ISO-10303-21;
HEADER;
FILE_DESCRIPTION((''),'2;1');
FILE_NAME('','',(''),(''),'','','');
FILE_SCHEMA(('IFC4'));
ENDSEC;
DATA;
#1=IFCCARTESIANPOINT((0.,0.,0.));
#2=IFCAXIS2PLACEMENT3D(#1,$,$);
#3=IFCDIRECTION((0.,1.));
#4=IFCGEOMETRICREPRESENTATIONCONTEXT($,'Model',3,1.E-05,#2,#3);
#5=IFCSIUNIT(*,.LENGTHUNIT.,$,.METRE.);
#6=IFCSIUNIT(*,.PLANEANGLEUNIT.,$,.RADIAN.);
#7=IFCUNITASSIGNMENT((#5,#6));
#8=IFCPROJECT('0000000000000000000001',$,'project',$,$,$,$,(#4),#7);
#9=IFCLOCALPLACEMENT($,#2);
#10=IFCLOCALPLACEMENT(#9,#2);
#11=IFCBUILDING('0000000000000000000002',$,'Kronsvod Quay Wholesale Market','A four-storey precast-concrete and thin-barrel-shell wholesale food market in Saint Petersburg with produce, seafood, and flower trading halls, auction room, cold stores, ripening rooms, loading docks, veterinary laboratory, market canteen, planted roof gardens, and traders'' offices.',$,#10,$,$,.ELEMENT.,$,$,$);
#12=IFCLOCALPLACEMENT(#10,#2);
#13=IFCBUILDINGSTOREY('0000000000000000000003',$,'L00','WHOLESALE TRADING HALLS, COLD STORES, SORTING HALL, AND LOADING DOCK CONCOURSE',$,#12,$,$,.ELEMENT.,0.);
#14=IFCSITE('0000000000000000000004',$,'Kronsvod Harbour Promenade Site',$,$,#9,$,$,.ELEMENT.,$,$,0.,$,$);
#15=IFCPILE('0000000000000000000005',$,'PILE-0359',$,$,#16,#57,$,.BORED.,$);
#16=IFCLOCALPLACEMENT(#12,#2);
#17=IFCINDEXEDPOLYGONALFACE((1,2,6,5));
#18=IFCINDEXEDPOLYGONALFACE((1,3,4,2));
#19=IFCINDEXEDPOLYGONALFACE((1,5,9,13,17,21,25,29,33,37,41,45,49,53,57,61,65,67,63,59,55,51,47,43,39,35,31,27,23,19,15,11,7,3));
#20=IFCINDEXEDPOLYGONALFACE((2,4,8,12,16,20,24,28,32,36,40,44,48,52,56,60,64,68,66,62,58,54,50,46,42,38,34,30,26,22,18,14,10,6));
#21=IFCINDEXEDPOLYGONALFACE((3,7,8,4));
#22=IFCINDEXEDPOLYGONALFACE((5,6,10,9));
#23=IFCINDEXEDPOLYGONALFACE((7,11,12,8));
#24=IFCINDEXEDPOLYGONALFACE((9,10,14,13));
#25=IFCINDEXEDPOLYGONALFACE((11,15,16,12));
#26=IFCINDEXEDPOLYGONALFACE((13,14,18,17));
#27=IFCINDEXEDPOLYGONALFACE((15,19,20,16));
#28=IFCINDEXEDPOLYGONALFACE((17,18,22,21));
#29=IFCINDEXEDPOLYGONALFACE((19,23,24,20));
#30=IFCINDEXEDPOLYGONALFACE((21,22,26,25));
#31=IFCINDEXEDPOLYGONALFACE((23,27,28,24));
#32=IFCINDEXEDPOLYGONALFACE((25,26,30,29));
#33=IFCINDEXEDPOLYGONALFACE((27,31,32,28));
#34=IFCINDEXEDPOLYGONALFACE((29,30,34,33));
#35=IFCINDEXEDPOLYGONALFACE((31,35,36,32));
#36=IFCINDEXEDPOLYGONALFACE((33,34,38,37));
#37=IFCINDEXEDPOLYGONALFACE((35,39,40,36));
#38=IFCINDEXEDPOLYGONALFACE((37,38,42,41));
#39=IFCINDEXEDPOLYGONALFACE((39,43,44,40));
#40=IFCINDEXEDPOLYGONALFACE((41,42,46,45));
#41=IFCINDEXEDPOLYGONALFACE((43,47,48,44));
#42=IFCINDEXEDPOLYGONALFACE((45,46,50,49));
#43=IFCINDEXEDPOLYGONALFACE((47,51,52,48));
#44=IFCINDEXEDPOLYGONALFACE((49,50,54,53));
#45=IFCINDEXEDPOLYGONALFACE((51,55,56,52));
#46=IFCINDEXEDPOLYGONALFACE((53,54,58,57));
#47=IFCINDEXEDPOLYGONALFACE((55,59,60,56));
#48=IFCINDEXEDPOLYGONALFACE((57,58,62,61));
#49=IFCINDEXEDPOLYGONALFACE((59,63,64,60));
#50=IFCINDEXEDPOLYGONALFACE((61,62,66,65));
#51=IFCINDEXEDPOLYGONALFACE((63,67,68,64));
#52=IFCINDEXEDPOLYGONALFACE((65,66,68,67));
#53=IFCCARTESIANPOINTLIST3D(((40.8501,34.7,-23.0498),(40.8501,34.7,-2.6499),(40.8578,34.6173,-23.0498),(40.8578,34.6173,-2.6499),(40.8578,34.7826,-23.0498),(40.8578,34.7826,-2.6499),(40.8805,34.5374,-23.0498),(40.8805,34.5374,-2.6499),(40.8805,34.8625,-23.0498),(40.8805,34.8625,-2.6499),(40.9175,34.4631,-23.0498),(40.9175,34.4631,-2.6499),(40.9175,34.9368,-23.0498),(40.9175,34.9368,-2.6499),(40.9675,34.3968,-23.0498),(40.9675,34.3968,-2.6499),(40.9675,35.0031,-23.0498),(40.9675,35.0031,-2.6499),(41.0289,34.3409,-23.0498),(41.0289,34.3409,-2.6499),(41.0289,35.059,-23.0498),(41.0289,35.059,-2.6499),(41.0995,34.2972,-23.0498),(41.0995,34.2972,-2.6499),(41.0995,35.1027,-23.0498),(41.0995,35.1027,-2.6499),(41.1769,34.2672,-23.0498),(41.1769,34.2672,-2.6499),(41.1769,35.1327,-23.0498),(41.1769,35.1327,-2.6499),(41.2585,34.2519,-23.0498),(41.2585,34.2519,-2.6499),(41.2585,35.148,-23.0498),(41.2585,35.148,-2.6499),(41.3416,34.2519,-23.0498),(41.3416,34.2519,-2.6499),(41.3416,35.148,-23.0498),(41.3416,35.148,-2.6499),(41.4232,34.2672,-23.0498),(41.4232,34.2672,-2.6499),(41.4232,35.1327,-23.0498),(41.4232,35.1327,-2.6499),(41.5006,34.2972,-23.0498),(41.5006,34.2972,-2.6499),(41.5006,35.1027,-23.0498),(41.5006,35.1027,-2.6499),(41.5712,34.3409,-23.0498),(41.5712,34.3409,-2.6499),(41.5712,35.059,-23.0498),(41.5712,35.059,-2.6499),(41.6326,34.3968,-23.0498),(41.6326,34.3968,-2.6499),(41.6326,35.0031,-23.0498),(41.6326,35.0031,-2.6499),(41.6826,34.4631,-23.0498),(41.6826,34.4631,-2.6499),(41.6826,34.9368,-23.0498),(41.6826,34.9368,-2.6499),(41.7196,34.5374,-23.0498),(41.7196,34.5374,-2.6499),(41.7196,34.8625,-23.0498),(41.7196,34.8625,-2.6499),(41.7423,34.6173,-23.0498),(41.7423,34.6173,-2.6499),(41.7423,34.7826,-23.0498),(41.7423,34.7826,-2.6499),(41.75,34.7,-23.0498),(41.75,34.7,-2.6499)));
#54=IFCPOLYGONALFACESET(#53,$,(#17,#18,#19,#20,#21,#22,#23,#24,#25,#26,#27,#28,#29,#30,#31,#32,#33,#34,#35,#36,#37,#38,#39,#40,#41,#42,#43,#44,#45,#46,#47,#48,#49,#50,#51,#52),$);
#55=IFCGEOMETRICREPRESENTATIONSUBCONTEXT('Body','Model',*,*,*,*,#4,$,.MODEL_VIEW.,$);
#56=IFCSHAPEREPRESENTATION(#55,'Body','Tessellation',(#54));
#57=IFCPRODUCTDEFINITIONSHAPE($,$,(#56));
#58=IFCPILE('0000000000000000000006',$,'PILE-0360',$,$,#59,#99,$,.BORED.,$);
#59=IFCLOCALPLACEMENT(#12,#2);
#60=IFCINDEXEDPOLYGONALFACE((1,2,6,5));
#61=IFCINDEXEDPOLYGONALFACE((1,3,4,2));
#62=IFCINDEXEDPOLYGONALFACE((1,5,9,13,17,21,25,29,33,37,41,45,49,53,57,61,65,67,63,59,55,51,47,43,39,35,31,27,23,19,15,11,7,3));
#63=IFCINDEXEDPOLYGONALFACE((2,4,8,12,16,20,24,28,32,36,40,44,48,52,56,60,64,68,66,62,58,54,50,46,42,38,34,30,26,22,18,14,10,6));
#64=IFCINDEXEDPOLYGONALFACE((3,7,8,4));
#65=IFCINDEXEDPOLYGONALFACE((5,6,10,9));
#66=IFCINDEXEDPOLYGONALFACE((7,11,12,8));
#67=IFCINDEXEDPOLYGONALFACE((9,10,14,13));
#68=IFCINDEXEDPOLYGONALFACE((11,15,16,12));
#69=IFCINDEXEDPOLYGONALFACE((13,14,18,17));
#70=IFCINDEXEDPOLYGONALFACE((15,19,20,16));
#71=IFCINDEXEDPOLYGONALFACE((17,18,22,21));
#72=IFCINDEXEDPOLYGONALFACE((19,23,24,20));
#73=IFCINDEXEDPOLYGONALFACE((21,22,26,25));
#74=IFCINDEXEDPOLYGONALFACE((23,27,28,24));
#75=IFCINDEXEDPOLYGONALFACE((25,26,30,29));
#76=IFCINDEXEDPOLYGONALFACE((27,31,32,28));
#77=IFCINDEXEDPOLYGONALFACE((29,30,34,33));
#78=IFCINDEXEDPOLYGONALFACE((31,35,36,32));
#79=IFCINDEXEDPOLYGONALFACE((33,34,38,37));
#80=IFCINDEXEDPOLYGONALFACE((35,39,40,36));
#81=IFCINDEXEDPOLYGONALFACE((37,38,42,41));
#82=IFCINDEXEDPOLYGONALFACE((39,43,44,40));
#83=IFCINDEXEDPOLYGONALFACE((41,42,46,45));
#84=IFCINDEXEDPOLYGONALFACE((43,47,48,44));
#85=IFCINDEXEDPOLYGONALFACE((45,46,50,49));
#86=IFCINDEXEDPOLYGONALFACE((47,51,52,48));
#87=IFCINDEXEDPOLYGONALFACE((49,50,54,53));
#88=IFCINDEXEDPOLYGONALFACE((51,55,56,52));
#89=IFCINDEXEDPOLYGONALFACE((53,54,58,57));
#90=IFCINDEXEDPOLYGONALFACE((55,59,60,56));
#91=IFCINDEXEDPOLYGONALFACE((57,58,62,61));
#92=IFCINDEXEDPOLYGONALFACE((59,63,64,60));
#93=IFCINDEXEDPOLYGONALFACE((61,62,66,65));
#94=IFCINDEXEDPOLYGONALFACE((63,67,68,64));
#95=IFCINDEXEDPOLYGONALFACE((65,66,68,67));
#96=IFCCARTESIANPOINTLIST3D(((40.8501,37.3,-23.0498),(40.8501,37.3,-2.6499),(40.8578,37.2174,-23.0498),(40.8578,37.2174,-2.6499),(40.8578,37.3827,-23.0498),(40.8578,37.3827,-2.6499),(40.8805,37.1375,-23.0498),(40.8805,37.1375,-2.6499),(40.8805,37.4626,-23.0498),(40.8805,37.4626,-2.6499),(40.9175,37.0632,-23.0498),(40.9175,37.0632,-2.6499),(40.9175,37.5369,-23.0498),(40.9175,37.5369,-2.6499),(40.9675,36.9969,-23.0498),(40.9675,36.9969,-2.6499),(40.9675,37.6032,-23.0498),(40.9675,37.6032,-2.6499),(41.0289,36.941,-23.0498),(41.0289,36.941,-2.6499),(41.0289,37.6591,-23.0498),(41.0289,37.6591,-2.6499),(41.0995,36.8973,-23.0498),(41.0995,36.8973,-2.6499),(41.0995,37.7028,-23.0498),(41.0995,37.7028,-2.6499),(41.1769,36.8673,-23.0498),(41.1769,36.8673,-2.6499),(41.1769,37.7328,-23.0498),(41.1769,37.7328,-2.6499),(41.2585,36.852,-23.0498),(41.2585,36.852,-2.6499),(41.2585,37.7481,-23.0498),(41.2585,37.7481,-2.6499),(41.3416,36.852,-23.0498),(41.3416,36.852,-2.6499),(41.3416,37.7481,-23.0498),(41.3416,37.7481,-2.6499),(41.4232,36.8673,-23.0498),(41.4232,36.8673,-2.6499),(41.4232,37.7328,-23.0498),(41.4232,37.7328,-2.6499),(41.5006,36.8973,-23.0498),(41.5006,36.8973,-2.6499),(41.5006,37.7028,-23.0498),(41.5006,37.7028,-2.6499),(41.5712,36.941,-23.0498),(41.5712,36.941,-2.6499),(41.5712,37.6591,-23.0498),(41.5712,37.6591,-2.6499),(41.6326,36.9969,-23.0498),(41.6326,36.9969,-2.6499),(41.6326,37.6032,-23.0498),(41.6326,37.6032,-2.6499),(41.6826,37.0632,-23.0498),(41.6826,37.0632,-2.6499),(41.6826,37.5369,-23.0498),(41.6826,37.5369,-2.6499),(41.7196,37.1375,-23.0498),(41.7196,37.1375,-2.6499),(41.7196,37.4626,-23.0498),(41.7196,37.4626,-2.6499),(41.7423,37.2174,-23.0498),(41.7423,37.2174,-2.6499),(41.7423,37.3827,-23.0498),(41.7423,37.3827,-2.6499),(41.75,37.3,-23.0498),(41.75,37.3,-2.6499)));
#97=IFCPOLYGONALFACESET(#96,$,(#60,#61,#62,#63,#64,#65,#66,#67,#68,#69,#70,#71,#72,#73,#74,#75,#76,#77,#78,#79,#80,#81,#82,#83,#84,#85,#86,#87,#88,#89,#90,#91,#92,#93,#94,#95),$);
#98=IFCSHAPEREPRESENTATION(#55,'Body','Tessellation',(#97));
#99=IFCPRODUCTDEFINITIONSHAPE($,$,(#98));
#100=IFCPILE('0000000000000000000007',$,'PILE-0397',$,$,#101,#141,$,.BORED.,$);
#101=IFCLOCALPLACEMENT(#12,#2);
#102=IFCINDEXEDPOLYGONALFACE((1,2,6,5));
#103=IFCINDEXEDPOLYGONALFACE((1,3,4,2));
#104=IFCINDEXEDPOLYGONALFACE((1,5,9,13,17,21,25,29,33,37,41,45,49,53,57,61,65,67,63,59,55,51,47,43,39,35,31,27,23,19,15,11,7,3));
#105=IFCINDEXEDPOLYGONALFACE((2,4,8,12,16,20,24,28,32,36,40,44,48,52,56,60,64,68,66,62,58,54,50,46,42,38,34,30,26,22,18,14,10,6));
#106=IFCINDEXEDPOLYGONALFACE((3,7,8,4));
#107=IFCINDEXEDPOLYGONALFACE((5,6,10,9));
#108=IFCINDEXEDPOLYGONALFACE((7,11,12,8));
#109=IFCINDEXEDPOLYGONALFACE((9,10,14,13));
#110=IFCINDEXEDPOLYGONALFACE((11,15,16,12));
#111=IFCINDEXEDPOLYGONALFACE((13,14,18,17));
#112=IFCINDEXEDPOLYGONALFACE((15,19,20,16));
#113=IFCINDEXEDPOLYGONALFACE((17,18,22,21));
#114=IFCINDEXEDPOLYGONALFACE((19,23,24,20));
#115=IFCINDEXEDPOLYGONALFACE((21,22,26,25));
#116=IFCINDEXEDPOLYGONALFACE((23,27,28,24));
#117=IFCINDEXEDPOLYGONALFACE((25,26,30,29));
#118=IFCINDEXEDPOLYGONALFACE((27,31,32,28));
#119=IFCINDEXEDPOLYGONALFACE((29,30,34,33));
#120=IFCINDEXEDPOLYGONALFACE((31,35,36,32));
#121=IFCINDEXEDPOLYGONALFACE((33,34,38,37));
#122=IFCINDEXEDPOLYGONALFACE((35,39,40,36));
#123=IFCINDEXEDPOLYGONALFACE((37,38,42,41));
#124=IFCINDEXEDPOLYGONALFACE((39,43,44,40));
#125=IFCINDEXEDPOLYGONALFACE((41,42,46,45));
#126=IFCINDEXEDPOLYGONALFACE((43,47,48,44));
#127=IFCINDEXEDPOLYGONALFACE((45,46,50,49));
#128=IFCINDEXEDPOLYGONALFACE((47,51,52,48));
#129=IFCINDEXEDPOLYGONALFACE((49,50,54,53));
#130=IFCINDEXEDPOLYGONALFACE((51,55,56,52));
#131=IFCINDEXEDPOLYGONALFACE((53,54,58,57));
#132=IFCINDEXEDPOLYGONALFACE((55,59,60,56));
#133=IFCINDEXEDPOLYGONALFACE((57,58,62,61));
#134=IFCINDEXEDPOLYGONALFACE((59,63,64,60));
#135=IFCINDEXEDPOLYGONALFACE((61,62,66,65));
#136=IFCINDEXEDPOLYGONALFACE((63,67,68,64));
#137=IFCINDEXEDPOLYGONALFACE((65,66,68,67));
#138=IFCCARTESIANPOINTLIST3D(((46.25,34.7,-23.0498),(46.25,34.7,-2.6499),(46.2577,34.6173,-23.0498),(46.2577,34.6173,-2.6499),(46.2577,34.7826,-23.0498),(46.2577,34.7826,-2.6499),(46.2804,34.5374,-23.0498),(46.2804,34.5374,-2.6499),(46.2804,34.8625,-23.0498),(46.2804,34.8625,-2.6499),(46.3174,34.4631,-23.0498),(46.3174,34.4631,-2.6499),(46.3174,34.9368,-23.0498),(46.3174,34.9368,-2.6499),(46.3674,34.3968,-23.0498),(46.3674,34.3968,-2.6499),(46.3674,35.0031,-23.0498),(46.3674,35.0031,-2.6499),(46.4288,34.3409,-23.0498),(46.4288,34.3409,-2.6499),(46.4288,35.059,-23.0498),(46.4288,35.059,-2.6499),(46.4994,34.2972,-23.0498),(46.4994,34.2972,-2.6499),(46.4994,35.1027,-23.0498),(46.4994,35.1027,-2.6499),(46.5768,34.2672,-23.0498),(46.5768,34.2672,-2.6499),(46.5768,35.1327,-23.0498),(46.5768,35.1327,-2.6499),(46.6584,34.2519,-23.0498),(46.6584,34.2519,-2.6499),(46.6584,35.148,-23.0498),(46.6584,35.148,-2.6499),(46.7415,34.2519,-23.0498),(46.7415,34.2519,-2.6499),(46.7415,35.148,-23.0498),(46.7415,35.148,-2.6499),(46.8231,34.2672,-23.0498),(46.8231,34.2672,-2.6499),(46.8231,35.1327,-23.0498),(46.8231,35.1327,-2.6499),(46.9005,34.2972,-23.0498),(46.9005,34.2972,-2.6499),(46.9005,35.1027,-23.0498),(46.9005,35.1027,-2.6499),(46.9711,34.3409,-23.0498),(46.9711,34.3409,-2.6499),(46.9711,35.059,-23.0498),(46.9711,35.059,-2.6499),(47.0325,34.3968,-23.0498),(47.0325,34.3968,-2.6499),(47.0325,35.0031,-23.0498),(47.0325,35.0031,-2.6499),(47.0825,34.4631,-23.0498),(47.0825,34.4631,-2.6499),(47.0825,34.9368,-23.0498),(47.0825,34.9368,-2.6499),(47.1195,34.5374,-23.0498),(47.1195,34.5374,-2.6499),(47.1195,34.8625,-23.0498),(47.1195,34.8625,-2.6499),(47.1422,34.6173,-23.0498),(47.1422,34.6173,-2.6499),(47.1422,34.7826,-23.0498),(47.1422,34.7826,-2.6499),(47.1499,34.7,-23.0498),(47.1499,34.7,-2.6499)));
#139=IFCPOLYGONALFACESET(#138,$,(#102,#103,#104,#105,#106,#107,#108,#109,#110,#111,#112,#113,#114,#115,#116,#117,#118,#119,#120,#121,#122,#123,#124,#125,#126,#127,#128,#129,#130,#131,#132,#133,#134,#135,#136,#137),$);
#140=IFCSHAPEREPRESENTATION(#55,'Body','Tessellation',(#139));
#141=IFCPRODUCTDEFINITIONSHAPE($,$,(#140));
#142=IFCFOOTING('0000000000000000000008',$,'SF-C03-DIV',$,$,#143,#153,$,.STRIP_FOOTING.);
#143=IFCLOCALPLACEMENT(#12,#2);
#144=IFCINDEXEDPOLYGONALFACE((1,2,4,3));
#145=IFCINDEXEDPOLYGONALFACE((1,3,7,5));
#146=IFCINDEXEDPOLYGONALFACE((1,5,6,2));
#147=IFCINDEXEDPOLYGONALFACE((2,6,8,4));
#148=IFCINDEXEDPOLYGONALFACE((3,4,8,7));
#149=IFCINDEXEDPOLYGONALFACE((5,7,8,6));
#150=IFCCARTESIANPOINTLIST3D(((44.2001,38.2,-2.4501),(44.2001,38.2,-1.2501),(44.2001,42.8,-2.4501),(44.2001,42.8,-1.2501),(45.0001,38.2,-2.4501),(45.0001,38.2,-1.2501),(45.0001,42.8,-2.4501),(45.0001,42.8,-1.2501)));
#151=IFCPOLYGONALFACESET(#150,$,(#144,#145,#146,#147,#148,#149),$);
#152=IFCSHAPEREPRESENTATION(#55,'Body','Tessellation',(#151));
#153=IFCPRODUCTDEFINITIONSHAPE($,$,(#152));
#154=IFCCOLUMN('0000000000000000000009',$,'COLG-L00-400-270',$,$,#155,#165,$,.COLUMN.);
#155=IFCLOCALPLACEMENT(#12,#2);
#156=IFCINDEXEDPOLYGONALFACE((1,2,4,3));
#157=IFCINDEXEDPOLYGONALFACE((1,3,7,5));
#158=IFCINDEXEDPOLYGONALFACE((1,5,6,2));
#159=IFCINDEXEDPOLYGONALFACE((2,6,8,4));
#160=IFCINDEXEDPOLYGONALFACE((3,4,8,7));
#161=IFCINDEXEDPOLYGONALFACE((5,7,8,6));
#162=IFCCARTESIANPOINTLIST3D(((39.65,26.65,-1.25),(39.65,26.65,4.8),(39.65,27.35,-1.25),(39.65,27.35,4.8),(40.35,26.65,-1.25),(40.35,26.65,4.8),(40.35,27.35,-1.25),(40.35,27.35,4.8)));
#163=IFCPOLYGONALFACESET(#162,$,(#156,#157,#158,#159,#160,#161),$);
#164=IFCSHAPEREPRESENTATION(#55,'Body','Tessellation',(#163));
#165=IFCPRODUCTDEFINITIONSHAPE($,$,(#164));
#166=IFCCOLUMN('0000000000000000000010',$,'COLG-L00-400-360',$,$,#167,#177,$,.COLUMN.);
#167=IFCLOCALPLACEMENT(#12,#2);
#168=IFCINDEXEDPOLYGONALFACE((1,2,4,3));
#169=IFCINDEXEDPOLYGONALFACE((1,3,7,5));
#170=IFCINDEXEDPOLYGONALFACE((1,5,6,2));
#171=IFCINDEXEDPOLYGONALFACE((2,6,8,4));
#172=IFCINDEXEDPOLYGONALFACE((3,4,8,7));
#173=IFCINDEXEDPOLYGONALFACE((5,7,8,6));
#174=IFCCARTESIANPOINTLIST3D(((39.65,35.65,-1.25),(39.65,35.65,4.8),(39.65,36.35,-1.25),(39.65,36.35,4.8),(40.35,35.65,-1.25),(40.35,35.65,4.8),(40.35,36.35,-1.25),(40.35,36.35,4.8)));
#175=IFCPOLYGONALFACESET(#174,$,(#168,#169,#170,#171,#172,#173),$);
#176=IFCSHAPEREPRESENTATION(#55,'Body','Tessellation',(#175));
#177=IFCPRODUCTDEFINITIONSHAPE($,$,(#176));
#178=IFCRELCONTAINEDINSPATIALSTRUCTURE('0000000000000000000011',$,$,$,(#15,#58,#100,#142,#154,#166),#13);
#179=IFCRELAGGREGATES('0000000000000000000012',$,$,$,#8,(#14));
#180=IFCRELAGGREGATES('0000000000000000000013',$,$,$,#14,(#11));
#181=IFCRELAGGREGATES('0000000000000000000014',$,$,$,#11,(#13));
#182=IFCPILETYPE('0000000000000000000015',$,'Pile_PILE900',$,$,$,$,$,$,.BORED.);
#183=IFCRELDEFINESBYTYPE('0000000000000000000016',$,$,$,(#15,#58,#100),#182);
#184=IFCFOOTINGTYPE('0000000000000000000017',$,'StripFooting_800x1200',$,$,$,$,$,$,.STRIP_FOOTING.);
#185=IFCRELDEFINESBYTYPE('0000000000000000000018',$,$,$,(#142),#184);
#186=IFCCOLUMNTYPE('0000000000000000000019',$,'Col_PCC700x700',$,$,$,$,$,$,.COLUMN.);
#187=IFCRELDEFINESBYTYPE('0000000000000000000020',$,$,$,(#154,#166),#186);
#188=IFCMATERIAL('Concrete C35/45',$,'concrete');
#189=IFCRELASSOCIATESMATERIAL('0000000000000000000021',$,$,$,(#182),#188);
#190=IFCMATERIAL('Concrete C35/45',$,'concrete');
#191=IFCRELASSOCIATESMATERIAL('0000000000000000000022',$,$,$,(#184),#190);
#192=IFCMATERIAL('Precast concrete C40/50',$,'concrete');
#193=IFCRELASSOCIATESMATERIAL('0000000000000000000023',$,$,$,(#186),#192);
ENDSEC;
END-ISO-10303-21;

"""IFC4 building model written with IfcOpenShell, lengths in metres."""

from ifc_helpers import new_model, si_unit, direction, frame, origin, origin_2d, place, context, subcontext, project, spatial, rectangle, circle, extrude, material, material_profile, profile_set, type_object, element, save


model = new_model("IFC4")

# Units and contexts
model_context = context("Model", 3, precision=1e-05, world=origin(), true_north=direction((0.0, 1.0)))
body_context = subcontext(model_context, "Body", "Model", "MODEL_VIEW")
ifc_project = project(units=[si_unit("LENGTHUNIT", "METRE"), si_unit("PLANEANGLEUNIT", "RADIAN")], contexts=[model_context])

# Site, building, storey
site_placement = place(None, origin())
site = spatial("IfcSite", under=ifc_project, at=site_placement, Name="Kronsvod Harbour Promenade Site", CompositionType="ELEMENT", RefElevation=0.0)
building_placement = place(site_placement, origin())
building = spatial("IfcBuilding", under=site, at=building_placement, Name="Kronsvod Quay Wholesale Market", Description="A four-storey precast-concrete and thin-barrel-shell wholesale food market in Saint Petersburg with produce, seafood, and flower trading halls, auction room, cold stores, ripening rooms, loading docks, veterinary laboratory, market canteen, planted roof gardens, and traders' offices.", CompositionType="ELEMENT")
storey_placement = place(building_placement, origin())
storey = spatial("IfcBuildingStorey", under=building, at=storey_placement, Name="L00", Description="WHOLESALE TRADING HALLS, COLD STORES, SORTING HALL, AND LOADING DOCK CONCOURSE", CompositionType="ELEMENT", Elevation=0.0)

# Piles
ifc_material_1 = material(Name="Concrete C35/45", Category="concrete")
ifc_material_profile_1 = material_profile(ifc_material_1, circle(Radius=0.45, at=origin_2d()), Name="PILE900")
ifc_profile_set_1 = profile_set([ifc_material_profile_1], Name="Concrete C35/45")
pile_type = type_object("IfcPileType", Name="Pile_PILE900", PredefinedType="BORED", material=ifc_profile_set_1)
for number, where, z_axis, x_axis, name in (
    (1, (41.3, 34.7, -2.6499), (0.0, 0.0, -1.0), (1.0, 0.0, 0.0), "PILE-0359"),
    (2, (41.3, 37.3, -2.6499), (0.0, 0.0, -1.0), (1.0, 0.0, 0.0), "PILE-0360"),
    (3, (46.7, 34.7, -2.6499), (0.0, 0.0, -1.0), (1.0, 0.0, 0.0), "PILE-0397"),
):
    element("IfcPile", number, at=place(storey_placement, frame(where, z_axis=z_axis, x_axis=x_axis)), inside=storey, type_object=pile_type, Name=name, PredefinedType="BORED", context=body_context, shape_type="SweptSolid", body=[
        extrude(circle(Radius=0.45, at=origin_2d()), origin(), (0.0, 0.0, 1.0), 20.3999),
    ])

# Footing
ifc_material_2 = material(Name="Concrete C35/45", Category="concrete")
ifc_material_profile_2 = material_profile(ifc_material_2, rectangle(XDim=0.8, YDim=1.2, at=origin_2d()), Name="SF-01")
ifc_profile_set_2 = profile_set([ifc_material_profile_2], Name="Concrete C35/45")
footing_type_1 = type_object("IfcFootingType", Name="StripFooting_800x1200", PredefinedType="STRIP_FOOTING", material=ifc_profile_set_2)
footing_1_placement = place(storey_placement, frame((44.6001, 38.2, -1.8501), z_axis=(0.0, 1.0, 0.0), x_axis=(-1.0, 0.0, 0.0)))
element("IfcFooting", 4, at=footing_1_placement, inside=storey, type_object=footing_type_1, Name="SF-C03-DIV", PredefinedType="STRIP_FOOTING", context=body_context, shape_type="SweptSolid", body=[
    extrude(rectangle(XDim=0.8, YDim=1.2, at=origin_2d()), origin(), (0.0, 0.0, 1.0), 4.6001),
])

# Columns
ifc_material_3 = material(Name="Precast concrete C40/50", Category="concrete")
ifc_material_profile_3 = material_profile(ifc_material_3, rectangle(XDim=0.7, YDim=0.7, at=origin_2d()), Name="PCC700x700")
ifc_profile_set_3 = profile_set([ifc_material_profile_3], Name="Precast concrete C40/50")
column_type = type_object("IfcColumnType", Name="Col_PCC700x700", PredefinedType="COLUMN", material=ifc_profile_set_3)
for number, where, z_axis, x_axis, name in (
    (5, (40.0, 27.0, -1.25), (0.0, 0.0, 1.0), (1.0, 0.0, 0.0), "COLG-L00-400-270"),
    (6, (40.0, 36.0, -1.25), (0.0, 0.0, 1.0), (1.0, 0.0, 0.0), "COLG-L00-400-360"),
):
    element("IfcColumn", number, at=place(storey_placement, frame(where, z_axis=z_axis, x_axis=x_axis)), inside=storey, type_object=column_type, Name=name, PredefinedType="COLUMN", context=body_context, shape_type="SweptSolid", body=[
        extrude(rectangle(XDim=0.7, YDim=0.7, at=origin_2d()), origin(), (0.0, 0.0, 1.0), 6.05),
    ])

save(model, "model.ifc")
